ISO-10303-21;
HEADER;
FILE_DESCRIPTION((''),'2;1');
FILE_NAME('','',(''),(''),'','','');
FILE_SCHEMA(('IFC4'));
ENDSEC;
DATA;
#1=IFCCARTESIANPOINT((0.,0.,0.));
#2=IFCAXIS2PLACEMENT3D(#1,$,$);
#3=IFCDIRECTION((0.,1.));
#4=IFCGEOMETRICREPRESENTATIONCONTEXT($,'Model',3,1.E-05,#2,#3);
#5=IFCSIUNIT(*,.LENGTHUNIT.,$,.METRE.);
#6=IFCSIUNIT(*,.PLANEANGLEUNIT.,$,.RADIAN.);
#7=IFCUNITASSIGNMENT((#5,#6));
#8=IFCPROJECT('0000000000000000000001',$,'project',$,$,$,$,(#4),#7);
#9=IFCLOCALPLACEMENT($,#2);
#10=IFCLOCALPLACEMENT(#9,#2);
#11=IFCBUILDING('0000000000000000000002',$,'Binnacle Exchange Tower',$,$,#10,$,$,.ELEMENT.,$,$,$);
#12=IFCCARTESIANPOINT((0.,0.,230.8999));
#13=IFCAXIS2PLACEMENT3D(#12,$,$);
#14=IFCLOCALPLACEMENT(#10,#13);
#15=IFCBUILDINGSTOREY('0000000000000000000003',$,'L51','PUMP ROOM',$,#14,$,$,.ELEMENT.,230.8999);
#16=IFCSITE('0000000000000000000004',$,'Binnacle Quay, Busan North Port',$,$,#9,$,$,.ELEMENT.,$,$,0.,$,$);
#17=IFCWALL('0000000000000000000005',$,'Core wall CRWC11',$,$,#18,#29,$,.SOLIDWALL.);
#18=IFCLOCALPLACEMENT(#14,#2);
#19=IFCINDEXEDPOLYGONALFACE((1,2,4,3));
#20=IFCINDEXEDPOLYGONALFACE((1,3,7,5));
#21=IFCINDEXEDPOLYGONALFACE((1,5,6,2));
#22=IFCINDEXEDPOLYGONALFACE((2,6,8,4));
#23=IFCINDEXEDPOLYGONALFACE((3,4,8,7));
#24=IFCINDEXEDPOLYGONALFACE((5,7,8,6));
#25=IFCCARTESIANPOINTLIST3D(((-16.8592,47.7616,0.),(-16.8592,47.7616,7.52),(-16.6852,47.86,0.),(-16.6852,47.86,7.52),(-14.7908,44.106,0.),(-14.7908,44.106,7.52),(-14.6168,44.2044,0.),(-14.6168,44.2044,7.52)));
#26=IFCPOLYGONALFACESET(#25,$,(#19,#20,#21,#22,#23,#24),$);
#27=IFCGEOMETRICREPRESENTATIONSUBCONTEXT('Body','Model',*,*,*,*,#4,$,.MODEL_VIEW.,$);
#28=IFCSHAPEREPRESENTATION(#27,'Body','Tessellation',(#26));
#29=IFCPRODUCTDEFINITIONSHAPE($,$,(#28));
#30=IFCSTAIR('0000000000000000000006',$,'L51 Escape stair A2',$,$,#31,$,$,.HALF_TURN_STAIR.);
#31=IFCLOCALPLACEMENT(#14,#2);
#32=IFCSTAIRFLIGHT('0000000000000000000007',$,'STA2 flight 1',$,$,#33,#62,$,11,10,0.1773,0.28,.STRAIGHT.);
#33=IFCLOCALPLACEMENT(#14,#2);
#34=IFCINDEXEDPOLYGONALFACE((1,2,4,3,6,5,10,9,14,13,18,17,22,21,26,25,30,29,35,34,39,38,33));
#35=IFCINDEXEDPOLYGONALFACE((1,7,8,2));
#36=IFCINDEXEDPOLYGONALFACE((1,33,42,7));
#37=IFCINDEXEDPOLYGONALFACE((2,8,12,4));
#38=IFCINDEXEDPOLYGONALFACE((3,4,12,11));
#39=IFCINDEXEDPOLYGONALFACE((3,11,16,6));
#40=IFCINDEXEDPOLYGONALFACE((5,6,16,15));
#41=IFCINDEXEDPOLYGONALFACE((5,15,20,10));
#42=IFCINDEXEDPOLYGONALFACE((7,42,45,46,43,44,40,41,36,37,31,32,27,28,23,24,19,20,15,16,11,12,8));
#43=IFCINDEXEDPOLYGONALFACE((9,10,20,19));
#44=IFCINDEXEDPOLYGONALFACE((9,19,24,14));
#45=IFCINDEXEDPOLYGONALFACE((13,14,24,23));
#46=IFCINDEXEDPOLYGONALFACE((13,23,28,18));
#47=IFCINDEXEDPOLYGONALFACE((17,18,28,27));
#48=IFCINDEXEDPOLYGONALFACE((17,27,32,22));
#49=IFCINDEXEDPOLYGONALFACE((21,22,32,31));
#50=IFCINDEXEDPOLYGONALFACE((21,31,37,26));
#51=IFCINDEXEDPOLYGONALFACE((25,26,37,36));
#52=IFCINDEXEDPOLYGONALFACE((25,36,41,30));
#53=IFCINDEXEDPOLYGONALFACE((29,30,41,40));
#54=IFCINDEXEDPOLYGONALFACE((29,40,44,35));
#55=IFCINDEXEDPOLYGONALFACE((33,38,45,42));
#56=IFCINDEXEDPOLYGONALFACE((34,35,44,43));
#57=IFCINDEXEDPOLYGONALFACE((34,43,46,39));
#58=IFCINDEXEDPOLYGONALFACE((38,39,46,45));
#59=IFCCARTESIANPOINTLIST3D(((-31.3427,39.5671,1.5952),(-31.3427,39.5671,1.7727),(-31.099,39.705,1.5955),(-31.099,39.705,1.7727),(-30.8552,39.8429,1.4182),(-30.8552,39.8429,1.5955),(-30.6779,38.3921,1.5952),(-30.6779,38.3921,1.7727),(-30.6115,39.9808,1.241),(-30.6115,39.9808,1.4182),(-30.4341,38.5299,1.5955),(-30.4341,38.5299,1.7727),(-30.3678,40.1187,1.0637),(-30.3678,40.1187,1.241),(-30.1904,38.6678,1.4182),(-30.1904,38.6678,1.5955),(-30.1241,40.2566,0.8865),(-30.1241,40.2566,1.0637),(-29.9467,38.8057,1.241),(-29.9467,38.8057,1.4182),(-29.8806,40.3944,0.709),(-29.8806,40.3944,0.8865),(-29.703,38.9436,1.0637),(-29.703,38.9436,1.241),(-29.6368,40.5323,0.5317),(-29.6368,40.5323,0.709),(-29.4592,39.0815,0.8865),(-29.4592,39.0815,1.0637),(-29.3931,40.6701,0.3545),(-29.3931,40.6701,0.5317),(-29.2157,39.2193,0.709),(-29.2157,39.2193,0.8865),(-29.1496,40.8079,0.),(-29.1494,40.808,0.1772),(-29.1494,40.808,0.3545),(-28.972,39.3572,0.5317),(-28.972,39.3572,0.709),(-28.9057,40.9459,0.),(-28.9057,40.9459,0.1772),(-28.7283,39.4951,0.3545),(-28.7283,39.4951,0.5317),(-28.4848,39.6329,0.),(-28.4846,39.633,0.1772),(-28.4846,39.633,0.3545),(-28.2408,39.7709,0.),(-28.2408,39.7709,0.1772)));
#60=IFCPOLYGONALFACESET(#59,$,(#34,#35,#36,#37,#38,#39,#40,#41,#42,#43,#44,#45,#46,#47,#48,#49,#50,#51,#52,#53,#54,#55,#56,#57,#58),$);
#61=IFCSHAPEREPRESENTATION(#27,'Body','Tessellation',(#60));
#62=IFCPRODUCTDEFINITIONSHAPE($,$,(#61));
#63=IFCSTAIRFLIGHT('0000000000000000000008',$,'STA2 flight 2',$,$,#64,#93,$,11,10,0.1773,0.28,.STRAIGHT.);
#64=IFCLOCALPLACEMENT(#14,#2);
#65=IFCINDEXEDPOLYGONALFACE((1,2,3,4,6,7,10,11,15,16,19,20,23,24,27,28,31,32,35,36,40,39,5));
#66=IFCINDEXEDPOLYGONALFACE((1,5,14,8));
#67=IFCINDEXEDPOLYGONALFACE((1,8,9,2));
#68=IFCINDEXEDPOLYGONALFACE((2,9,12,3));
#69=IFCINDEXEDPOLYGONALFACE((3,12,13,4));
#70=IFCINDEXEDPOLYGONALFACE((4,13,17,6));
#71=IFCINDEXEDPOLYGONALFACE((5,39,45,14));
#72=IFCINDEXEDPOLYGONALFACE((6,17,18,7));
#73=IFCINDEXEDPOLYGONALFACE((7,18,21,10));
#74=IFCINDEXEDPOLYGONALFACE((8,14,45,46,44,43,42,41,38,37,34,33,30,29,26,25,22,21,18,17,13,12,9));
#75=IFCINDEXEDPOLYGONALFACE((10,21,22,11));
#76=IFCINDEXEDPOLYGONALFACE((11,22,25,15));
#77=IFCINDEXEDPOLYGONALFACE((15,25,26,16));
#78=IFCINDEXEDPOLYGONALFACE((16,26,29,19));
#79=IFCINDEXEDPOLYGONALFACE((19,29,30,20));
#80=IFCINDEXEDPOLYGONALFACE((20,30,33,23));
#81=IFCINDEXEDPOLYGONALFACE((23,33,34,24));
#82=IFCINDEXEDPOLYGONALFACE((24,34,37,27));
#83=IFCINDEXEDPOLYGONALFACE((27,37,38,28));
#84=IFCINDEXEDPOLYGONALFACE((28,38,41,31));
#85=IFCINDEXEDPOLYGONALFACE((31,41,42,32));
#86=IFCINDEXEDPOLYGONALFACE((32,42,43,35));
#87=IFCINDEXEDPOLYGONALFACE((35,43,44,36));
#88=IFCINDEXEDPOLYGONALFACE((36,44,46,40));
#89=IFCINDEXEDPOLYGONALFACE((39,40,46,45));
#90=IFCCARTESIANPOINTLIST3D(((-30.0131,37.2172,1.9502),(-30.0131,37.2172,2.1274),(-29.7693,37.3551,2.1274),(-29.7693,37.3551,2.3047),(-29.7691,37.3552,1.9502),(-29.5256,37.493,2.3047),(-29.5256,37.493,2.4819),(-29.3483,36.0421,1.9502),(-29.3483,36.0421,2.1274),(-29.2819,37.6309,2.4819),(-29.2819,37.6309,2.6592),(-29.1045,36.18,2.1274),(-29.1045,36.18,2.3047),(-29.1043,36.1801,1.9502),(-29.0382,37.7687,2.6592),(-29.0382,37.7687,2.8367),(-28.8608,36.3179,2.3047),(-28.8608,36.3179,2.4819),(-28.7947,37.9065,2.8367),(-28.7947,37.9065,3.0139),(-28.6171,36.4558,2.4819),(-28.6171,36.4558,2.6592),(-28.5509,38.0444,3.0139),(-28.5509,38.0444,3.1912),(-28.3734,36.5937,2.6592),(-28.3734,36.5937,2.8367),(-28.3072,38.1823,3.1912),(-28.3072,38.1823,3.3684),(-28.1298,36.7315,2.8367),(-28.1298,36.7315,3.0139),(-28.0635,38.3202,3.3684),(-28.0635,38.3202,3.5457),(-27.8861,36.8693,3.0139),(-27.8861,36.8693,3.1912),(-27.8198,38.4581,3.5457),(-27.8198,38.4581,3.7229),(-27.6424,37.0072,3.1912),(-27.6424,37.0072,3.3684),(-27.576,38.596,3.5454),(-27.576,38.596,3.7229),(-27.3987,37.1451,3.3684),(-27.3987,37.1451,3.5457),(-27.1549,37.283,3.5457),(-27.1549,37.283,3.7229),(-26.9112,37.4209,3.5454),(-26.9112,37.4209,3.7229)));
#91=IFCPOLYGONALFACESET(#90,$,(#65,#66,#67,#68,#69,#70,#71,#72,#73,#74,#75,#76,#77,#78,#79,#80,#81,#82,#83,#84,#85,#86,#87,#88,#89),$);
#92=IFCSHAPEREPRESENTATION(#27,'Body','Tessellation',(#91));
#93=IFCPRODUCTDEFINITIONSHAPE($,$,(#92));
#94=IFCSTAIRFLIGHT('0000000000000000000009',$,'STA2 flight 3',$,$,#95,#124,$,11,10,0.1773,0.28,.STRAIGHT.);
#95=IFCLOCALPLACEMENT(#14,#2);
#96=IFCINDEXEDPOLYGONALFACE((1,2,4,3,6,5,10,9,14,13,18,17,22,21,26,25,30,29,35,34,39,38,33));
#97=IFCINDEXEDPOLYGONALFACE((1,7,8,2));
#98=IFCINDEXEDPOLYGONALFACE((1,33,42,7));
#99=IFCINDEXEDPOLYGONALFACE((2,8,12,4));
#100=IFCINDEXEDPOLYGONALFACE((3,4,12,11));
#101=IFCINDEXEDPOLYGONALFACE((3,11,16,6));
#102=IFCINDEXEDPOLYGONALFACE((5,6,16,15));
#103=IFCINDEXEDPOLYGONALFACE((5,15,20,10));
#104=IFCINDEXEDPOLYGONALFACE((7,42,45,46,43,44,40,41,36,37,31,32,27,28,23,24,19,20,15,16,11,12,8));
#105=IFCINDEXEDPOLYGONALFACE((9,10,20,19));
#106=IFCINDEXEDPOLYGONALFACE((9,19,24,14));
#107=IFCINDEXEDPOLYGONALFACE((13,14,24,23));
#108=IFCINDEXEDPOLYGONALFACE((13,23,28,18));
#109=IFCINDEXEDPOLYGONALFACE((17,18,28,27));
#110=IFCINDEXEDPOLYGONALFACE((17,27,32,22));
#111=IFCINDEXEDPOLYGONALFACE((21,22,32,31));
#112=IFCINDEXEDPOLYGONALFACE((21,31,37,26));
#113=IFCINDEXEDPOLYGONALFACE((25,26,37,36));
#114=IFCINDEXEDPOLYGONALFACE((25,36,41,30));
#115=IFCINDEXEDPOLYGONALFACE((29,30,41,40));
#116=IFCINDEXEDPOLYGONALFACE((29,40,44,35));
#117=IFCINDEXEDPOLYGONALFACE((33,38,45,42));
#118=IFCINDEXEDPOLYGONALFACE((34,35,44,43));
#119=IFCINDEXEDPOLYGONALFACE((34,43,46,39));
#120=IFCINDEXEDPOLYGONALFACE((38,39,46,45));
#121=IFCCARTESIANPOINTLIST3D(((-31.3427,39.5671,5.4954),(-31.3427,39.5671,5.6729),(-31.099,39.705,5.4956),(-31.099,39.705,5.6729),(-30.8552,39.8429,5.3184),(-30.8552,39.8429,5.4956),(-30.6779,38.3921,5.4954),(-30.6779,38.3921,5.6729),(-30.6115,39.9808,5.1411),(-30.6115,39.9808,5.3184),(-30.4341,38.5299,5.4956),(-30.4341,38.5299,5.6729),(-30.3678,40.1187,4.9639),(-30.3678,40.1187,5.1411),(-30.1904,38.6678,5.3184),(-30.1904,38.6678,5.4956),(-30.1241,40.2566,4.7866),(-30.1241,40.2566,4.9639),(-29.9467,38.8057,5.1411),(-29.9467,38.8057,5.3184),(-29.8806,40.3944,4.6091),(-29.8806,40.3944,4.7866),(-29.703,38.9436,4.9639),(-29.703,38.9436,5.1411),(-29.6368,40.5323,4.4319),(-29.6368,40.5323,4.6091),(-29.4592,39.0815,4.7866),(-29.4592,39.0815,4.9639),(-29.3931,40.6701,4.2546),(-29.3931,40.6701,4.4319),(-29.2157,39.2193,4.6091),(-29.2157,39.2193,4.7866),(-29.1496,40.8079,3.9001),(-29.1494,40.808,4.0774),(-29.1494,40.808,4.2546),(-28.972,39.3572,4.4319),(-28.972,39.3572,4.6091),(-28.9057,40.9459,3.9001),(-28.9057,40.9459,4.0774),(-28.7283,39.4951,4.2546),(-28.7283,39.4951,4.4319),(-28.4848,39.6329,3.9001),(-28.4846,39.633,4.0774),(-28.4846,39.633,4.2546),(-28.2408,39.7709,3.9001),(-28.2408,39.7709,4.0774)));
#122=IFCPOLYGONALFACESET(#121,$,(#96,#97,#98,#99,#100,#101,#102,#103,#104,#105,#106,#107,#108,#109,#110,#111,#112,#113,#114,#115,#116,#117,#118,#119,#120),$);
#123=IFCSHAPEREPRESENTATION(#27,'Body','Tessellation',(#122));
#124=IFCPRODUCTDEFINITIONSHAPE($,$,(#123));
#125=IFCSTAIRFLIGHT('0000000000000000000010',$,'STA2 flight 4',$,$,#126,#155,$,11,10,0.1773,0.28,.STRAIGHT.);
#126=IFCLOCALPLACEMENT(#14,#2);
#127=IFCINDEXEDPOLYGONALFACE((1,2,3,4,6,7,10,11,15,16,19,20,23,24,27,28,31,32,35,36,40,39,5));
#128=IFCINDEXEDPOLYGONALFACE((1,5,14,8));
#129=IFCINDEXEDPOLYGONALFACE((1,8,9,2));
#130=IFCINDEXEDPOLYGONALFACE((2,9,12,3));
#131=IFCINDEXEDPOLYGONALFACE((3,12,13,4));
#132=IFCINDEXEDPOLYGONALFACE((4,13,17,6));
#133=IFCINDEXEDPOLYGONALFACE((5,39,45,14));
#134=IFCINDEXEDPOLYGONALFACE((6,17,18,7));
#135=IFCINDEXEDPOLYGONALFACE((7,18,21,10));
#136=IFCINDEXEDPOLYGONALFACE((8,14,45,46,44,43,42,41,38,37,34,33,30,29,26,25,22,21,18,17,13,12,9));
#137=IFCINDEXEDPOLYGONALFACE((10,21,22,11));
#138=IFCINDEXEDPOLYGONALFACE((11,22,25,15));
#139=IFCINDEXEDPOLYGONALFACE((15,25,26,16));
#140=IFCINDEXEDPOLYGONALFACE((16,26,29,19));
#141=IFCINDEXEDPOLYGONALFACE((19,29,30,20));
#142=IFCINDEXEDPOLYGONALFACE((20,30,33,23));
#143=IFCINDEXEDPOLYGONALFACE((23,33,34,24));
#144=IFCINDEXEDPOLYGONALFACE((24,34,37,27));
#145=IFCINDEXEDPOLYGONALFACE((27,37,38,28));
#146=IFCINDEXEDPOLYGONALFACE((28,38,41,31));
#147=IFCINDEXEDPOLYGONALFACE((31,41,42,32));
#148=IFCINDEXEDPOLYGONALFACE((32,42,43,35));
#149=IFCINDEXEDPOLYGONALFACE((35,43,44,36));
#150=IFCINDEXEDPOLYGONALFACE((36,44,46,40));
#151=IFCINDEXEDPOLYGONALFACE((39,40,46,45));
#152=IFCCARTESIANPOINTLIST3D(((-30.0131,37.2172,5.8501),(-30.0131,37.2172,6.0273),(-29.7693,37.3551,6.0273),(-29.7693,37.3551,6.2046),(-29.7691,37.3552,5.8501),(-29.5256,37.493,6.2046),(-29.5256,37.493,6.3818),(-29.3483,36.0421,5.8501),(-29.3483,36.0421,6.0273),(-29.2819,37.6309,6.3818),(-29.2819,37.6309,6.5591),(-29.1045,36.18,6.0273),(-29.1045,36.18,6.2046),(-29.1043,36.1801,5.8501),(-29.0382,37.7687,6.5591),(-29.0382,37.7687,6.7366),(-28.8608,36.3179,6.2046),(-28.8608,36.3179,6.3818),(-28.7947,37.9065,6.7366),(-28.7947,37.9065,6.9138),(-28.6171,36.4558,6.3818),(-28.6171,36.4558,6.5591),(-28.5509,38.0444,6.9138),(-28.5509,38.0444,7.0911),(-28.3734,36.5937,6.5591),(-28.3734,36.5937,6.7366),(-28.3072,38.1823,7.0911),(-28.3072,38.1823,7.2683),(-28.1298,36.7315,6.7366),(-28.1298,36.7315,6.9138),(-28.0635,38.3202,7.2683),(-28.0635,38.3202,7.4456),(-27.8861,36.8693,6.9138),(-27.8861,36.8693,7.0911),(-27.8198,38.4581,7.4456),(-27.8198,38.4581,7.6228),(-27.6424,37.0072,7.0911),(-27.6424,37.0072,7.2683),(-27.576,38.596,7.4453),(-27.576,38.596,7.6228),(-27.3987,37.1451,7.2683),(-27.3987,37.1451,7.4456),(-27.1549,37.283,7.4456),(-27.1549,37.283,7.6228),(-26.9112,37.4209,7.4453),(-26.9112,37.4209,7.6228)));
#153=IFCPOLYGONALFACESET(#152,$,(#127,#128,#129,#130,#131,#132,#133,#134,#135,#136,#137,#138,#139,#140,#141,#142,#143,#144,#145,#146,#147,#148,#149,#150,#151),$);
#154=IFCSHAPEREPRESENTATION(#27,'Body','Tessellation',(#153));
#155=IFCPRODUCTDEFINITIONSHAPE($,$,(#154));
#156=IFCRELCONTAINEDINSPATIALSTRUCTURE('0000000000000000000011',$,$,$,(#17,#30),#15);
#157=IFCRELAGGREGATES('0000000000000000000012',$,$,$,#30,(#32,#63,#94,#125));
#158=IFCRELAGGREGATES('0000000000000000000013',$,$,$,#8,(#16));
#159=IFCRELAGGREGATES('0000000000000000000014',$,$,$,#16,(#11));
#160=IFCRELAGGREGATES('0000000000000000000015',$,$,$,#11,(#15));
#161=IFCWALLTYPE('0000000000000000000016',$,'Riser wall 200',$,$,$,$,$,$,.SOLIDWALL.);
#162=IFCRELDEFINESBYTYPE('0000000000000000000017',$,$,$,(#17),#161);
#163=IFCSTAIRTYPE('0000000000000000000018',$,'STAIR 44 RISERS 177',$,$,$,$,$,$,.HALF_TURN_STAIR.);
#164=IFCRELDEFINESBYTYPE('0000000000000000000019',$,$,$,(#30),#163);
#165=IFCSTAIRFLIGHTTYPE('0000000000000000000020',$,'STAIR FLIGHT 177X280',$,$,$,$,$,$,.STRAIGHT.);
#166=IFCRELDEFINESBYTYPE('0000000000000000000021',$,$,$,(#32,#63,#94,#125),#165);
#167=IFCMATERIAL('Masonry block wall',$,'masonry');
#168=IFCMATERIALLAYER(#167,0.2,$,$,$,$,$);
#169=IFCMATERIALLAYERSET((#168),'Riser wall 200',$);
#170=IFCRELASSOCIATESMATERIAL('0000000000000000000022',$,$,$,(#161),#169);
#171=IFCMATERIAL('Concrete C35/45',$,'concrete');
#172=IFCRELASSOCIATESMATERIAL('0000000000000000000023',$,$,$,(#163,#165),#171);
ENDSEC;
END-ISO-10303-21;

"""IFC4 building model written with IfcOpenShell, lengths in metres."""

from ifc_helpers import new_model, si_unit, direction, frame, frame_2d, origin, place, context, subcontext, project, spatial, polyline, rectangle, outline, extrude, material, layer, layer_set, type_object, element, aggregate, save


model = new_model("IFC4")

# Units and contexts
model_context = context("Model", 3, precision=1e-05, world=origin(), true_north=direction((0.0, 1.0)))
body_context = subcontext(model_context, "Body", "Model", "MODEL_VIEW")
ifc_project = project(units=[si_unit("LENGTHUNIT", "METRE"), si_unit("PLANEANGLEUNIT", "RADIAN")], contexts=[model_context])

# Site, building, storey
site_placement = place(None, origin())
site = spatial("IfcSite", under=ifc_project, at=site_placement, Name="Binnacle Quay, Busan North Port", CompositionType="ELEMENT", RefElevation=0.0)
building_placement = place(site_placement, origin())
building = spatial("IfcBuilding", under=site, at=building_placement, Name="Binnacle Exchange Tower", CompositionType="ELEMENT")
storey_placement = place(building_placement, frame((0.0, 0.0, 230.8999)))
storey = spatial("IfcBuildingStorey", under=building, at=storey_placement, Name="L51", Description="PUMP ROOM", CompositionType="ELEMENT", Elevation=230.8999)

# Wall
ifc_material_1 = material(Name="Masonry block wall", Category="masonry")
ifc_layer_1 = layer(ifc_material_1, 0.2)
ifc_layer_set_1 = layer_set([ifc_layer_1], Name="Riser wall 200")
wall_type_1 = type_object("IfcWallType", Name="Riser wall 200", PredefinedType="SOLIDWALL", material=ifc_layer_set_1)
for number, where, z_axis, x_axis, name in (
    (1, (-16.7722, 47.8108, 0.0), (0.0, 0.0, 1.0), (0.492454, -0.870339, 0.0), "Core wall CRWC11"),
):
    element("IfcWall", number, at=place(storey_placement, frame(where, z_axis=z_axis, x_axis=x_axis)), inside=storey, type_object=wall_type_1, Name=name, PredefinedType="SOLIDWALL", context=body_context, shape_type="SweptSolid", body=[
        extrude(rectangle(XDim=4.2002, YDim=0.2, at=frame_2d((2.1001, 0.0))), origin(), (0.0, 0.0, 1.0), 7.52),
    ])

# Stair, stair flights
ifc_material_2 = material(Name="Concrete C35/45", Category="concrete")
stair_type = type_object("IfcStairType", Name="STAIR 44 RISERS 177", PredefinedType="HALF_TURN_STAIR", material=ifc_material_2)
stair_placement = place(storey_placement, origin())
stair = element("IfcStair", 2, at=stair_placement, inside=storey, type_object=stair_type, Name="L51 Escape stair A2", PredefinedType="HALF_TURN_STAIR")
stair_flight_type = type_object("IfcStairFlightType", Name="STAIR FLIGHT 177X280", PredefinedType="STRAIGHT", material=ifc_material_2)
stair_flight_1_placement = place(storey_placement, frame((-28.5732, 40.3584, 0.0), z_axis=(0.0, 0.0, 1.0), x_axis=(-0.870356, -0.492424, 0.0)))
stair_flight_1 = element("IfcStairFlight", 3, at=stair_flight_1_placement, type_object=stair_flight_type, Name="STA2 flight 1", NumberOfRisers=11, NumberOfTreads=10, PredefinedType="STRAIGHT", RiserHeight=0.1773, TreadLength=0.28, context=body_context, shape_type="SweptSolid", body=[
    extrude(outline(polyline([(0.0, 0.0), (0.0, 0.1772), (0.28, 0.1772), (0.28, 0.3545), (0.5601, 0.3545), (0.5601, 0.5317), (0.8401, 0.5317), (0.8401, 0.709), (1.1201, 0.709), (1.1201, 0.8865), (1.3999, 0.8865), (1.3999, 1.0637), (1.6799, 1.0637), (1.6799, 1.241), (1.96, 1.241), (1.96, 1.4182), (2.24, 1.4182), (2.24, 1.5955), (2.52, 1.5955), (2.52, 1.7727), (2.8, 1.7727), (2.8, 1.95), (2.8, 1.5952), (0.2803, 0.0), (0.0, 0.0)])), frame((0.0, 0.675, 0.0), z_axis=(0.0, -1.0, 0.0), x_axis=(1.0, 0.0, 0.0)), (0.0, 0.0, 1.0), 1.3501),
])
stair_flight_2_placement = place(storey_placement, frame((-29.6807, 36.6296, 1.9502), z_axis=(0.0, 0.0, 1.0), x_axis=(0.870356, 0.492424, 0.0)))
stair_flight_2 = element("IfcStairFlight", 4, at=stair_flight_2_placement, type_object=stair_flight_type, Name="STA2 flight 2", NumberOfRisers=11, NumberOfTreads=10, PredefinedType="STRAIGHT", RiserHeight=0.1773, TreadLength=0.28, context=body_context, shape_type="SweptSolid", body=[
    extrude(outline(polyline([(0.0, 0.0), (0.0, 0.1772), (0.28, 0.1772), (0.28, 0.3545), (0.5601, 0.3545), (0.5601, 0.5317), (0.8401, 0.5317), (0.8401, 0.709), (1.1201, 0.709), (1.1201, 0.8865), (1.3999, 0.8865), (1.3999, 1.0637), (1.6799, 1.0637), (1.6799, 1.241), (1.96, 1.241), (1.96, 1.4182), (2.24, 1.4182), (2.24, 1.5955), (2.52, 1.5955), (2.52, 1.7727), (2.8, 1.7727), (2.8, 1.95), (2.8, 1.5952), (0.2803, 0.0), (0.0, 0.0)])), frame((0.0, 0.675, 0.0), z_axis=(0.0, -1.0, 0.0), x_axis=(1.0, 0.0, 0.0)), (0.0, 0.0, 1.0), 1.3501),
])
stair_flight_3_placement = place(storey_placement, frame((-28.5732, 40.3584, 3.9001), z_axis=(0.0, 0.0, 1.0), x_axis=(-0.870356, -0.492424, 0.0)))
stair_flight_3 = element("IfcStairFlight", 5, at=stair_flight_3_placement, type_object=stair_flight_type, Name="STA2 flight 3", NumberOfRisers=11, NumberOfTreads=10, PredefinedType="STRAIGHT", RiserHeight=0.1773, TreadLength=0.28, context=body_context, shape_type="SweptSolid", body=[
    extrude(outline(polyline([(0.0, 0.0), (0.0, 0.1772), (0.28, 0.1772), (0.28, 0.3545), (0.5601, 0.3545), (0.5601, 0.5317), (0.8401, 0.5317), (0.8401, 0.709), (1.1201, 0.709), (1.1201, 0.8865), (1.3999, 0.8865), (1.3999, 1.0637), (1.6799, 1.0637), (1.6799, 1.241), (1.96, 1.241), (1.96, 1.4182), (2.24, 1.4182), (2.24, 1.5955), (2.52, 1.5955), (2.52, 1.7727), (2.8, 1.7727), (2.8, 1.95), (2.8, 1.5952), (0.2803, 0.0), (0.0, 0.0)])), frame((0.0, 0.675, 0.0), z_axis=(0.0, -1.0, 0.0), x_axis=(1.0, 0.0, 0.0)), (0.0, 0.0, 1.0), 1.3501),
])
stair_flight_4_placement = place(storey_placement, frame((-29.6807, 36.6296, 5.8501), z_axis=(0.0, 0.0, 1.0), x_axis=(0.870356, 0.492424, 0.0)))
stair_flight_4 = element("IfcStairFlight", 6, at=stair_flight_4_placement, type_object=stair_flight_type, Name="STA2 flight 4", NumberOfRisers=11, NumberOfTreads=10, PredefinedType="STRAIGHT", RiserHeight=0.1773, TreadLength=0.28, context=body_context, shape_type="SweptSolid", body=[
    extrude(outline(polyline([(0.0, 0.0), (0.0, 0.1772), (0.28, 0.1772), (0.28, 0.3545), (0.5601, 0.3545), (0.5601, 0.5317), (0.8401, 0.5317), (0.8401, 0.709), (1.1201, 0.709), (1.1201, 0.8865), (1.3999, 0.8865), (1.3999, 1.0637), (1.6799, 1.0637), (1.6799, 1.241), (1.96, 1.241), (1.96, 1.4182), (2.24, 1.4182), (2.24, 1.5955), (2.52, 1.5955), (2.52, 1.7727), (2.8, 1.7727), (2.8, 1.95), (2.8, 1.5952), (0.2803, 0.0), (0.0, 0.0)])), frame((0.0, 0.675, 0.0), z_axis=(0.0, -1.0, 0.0), x_axis=(1.0, 0.0, 0.0)), (0.0, 0.0, 1.0), 1.3501),
])
aggregate(stair, [stair_flight_1, stair_flight_2, stair_flight_3, stair_flight_4])

save(model, "model.ifc")
